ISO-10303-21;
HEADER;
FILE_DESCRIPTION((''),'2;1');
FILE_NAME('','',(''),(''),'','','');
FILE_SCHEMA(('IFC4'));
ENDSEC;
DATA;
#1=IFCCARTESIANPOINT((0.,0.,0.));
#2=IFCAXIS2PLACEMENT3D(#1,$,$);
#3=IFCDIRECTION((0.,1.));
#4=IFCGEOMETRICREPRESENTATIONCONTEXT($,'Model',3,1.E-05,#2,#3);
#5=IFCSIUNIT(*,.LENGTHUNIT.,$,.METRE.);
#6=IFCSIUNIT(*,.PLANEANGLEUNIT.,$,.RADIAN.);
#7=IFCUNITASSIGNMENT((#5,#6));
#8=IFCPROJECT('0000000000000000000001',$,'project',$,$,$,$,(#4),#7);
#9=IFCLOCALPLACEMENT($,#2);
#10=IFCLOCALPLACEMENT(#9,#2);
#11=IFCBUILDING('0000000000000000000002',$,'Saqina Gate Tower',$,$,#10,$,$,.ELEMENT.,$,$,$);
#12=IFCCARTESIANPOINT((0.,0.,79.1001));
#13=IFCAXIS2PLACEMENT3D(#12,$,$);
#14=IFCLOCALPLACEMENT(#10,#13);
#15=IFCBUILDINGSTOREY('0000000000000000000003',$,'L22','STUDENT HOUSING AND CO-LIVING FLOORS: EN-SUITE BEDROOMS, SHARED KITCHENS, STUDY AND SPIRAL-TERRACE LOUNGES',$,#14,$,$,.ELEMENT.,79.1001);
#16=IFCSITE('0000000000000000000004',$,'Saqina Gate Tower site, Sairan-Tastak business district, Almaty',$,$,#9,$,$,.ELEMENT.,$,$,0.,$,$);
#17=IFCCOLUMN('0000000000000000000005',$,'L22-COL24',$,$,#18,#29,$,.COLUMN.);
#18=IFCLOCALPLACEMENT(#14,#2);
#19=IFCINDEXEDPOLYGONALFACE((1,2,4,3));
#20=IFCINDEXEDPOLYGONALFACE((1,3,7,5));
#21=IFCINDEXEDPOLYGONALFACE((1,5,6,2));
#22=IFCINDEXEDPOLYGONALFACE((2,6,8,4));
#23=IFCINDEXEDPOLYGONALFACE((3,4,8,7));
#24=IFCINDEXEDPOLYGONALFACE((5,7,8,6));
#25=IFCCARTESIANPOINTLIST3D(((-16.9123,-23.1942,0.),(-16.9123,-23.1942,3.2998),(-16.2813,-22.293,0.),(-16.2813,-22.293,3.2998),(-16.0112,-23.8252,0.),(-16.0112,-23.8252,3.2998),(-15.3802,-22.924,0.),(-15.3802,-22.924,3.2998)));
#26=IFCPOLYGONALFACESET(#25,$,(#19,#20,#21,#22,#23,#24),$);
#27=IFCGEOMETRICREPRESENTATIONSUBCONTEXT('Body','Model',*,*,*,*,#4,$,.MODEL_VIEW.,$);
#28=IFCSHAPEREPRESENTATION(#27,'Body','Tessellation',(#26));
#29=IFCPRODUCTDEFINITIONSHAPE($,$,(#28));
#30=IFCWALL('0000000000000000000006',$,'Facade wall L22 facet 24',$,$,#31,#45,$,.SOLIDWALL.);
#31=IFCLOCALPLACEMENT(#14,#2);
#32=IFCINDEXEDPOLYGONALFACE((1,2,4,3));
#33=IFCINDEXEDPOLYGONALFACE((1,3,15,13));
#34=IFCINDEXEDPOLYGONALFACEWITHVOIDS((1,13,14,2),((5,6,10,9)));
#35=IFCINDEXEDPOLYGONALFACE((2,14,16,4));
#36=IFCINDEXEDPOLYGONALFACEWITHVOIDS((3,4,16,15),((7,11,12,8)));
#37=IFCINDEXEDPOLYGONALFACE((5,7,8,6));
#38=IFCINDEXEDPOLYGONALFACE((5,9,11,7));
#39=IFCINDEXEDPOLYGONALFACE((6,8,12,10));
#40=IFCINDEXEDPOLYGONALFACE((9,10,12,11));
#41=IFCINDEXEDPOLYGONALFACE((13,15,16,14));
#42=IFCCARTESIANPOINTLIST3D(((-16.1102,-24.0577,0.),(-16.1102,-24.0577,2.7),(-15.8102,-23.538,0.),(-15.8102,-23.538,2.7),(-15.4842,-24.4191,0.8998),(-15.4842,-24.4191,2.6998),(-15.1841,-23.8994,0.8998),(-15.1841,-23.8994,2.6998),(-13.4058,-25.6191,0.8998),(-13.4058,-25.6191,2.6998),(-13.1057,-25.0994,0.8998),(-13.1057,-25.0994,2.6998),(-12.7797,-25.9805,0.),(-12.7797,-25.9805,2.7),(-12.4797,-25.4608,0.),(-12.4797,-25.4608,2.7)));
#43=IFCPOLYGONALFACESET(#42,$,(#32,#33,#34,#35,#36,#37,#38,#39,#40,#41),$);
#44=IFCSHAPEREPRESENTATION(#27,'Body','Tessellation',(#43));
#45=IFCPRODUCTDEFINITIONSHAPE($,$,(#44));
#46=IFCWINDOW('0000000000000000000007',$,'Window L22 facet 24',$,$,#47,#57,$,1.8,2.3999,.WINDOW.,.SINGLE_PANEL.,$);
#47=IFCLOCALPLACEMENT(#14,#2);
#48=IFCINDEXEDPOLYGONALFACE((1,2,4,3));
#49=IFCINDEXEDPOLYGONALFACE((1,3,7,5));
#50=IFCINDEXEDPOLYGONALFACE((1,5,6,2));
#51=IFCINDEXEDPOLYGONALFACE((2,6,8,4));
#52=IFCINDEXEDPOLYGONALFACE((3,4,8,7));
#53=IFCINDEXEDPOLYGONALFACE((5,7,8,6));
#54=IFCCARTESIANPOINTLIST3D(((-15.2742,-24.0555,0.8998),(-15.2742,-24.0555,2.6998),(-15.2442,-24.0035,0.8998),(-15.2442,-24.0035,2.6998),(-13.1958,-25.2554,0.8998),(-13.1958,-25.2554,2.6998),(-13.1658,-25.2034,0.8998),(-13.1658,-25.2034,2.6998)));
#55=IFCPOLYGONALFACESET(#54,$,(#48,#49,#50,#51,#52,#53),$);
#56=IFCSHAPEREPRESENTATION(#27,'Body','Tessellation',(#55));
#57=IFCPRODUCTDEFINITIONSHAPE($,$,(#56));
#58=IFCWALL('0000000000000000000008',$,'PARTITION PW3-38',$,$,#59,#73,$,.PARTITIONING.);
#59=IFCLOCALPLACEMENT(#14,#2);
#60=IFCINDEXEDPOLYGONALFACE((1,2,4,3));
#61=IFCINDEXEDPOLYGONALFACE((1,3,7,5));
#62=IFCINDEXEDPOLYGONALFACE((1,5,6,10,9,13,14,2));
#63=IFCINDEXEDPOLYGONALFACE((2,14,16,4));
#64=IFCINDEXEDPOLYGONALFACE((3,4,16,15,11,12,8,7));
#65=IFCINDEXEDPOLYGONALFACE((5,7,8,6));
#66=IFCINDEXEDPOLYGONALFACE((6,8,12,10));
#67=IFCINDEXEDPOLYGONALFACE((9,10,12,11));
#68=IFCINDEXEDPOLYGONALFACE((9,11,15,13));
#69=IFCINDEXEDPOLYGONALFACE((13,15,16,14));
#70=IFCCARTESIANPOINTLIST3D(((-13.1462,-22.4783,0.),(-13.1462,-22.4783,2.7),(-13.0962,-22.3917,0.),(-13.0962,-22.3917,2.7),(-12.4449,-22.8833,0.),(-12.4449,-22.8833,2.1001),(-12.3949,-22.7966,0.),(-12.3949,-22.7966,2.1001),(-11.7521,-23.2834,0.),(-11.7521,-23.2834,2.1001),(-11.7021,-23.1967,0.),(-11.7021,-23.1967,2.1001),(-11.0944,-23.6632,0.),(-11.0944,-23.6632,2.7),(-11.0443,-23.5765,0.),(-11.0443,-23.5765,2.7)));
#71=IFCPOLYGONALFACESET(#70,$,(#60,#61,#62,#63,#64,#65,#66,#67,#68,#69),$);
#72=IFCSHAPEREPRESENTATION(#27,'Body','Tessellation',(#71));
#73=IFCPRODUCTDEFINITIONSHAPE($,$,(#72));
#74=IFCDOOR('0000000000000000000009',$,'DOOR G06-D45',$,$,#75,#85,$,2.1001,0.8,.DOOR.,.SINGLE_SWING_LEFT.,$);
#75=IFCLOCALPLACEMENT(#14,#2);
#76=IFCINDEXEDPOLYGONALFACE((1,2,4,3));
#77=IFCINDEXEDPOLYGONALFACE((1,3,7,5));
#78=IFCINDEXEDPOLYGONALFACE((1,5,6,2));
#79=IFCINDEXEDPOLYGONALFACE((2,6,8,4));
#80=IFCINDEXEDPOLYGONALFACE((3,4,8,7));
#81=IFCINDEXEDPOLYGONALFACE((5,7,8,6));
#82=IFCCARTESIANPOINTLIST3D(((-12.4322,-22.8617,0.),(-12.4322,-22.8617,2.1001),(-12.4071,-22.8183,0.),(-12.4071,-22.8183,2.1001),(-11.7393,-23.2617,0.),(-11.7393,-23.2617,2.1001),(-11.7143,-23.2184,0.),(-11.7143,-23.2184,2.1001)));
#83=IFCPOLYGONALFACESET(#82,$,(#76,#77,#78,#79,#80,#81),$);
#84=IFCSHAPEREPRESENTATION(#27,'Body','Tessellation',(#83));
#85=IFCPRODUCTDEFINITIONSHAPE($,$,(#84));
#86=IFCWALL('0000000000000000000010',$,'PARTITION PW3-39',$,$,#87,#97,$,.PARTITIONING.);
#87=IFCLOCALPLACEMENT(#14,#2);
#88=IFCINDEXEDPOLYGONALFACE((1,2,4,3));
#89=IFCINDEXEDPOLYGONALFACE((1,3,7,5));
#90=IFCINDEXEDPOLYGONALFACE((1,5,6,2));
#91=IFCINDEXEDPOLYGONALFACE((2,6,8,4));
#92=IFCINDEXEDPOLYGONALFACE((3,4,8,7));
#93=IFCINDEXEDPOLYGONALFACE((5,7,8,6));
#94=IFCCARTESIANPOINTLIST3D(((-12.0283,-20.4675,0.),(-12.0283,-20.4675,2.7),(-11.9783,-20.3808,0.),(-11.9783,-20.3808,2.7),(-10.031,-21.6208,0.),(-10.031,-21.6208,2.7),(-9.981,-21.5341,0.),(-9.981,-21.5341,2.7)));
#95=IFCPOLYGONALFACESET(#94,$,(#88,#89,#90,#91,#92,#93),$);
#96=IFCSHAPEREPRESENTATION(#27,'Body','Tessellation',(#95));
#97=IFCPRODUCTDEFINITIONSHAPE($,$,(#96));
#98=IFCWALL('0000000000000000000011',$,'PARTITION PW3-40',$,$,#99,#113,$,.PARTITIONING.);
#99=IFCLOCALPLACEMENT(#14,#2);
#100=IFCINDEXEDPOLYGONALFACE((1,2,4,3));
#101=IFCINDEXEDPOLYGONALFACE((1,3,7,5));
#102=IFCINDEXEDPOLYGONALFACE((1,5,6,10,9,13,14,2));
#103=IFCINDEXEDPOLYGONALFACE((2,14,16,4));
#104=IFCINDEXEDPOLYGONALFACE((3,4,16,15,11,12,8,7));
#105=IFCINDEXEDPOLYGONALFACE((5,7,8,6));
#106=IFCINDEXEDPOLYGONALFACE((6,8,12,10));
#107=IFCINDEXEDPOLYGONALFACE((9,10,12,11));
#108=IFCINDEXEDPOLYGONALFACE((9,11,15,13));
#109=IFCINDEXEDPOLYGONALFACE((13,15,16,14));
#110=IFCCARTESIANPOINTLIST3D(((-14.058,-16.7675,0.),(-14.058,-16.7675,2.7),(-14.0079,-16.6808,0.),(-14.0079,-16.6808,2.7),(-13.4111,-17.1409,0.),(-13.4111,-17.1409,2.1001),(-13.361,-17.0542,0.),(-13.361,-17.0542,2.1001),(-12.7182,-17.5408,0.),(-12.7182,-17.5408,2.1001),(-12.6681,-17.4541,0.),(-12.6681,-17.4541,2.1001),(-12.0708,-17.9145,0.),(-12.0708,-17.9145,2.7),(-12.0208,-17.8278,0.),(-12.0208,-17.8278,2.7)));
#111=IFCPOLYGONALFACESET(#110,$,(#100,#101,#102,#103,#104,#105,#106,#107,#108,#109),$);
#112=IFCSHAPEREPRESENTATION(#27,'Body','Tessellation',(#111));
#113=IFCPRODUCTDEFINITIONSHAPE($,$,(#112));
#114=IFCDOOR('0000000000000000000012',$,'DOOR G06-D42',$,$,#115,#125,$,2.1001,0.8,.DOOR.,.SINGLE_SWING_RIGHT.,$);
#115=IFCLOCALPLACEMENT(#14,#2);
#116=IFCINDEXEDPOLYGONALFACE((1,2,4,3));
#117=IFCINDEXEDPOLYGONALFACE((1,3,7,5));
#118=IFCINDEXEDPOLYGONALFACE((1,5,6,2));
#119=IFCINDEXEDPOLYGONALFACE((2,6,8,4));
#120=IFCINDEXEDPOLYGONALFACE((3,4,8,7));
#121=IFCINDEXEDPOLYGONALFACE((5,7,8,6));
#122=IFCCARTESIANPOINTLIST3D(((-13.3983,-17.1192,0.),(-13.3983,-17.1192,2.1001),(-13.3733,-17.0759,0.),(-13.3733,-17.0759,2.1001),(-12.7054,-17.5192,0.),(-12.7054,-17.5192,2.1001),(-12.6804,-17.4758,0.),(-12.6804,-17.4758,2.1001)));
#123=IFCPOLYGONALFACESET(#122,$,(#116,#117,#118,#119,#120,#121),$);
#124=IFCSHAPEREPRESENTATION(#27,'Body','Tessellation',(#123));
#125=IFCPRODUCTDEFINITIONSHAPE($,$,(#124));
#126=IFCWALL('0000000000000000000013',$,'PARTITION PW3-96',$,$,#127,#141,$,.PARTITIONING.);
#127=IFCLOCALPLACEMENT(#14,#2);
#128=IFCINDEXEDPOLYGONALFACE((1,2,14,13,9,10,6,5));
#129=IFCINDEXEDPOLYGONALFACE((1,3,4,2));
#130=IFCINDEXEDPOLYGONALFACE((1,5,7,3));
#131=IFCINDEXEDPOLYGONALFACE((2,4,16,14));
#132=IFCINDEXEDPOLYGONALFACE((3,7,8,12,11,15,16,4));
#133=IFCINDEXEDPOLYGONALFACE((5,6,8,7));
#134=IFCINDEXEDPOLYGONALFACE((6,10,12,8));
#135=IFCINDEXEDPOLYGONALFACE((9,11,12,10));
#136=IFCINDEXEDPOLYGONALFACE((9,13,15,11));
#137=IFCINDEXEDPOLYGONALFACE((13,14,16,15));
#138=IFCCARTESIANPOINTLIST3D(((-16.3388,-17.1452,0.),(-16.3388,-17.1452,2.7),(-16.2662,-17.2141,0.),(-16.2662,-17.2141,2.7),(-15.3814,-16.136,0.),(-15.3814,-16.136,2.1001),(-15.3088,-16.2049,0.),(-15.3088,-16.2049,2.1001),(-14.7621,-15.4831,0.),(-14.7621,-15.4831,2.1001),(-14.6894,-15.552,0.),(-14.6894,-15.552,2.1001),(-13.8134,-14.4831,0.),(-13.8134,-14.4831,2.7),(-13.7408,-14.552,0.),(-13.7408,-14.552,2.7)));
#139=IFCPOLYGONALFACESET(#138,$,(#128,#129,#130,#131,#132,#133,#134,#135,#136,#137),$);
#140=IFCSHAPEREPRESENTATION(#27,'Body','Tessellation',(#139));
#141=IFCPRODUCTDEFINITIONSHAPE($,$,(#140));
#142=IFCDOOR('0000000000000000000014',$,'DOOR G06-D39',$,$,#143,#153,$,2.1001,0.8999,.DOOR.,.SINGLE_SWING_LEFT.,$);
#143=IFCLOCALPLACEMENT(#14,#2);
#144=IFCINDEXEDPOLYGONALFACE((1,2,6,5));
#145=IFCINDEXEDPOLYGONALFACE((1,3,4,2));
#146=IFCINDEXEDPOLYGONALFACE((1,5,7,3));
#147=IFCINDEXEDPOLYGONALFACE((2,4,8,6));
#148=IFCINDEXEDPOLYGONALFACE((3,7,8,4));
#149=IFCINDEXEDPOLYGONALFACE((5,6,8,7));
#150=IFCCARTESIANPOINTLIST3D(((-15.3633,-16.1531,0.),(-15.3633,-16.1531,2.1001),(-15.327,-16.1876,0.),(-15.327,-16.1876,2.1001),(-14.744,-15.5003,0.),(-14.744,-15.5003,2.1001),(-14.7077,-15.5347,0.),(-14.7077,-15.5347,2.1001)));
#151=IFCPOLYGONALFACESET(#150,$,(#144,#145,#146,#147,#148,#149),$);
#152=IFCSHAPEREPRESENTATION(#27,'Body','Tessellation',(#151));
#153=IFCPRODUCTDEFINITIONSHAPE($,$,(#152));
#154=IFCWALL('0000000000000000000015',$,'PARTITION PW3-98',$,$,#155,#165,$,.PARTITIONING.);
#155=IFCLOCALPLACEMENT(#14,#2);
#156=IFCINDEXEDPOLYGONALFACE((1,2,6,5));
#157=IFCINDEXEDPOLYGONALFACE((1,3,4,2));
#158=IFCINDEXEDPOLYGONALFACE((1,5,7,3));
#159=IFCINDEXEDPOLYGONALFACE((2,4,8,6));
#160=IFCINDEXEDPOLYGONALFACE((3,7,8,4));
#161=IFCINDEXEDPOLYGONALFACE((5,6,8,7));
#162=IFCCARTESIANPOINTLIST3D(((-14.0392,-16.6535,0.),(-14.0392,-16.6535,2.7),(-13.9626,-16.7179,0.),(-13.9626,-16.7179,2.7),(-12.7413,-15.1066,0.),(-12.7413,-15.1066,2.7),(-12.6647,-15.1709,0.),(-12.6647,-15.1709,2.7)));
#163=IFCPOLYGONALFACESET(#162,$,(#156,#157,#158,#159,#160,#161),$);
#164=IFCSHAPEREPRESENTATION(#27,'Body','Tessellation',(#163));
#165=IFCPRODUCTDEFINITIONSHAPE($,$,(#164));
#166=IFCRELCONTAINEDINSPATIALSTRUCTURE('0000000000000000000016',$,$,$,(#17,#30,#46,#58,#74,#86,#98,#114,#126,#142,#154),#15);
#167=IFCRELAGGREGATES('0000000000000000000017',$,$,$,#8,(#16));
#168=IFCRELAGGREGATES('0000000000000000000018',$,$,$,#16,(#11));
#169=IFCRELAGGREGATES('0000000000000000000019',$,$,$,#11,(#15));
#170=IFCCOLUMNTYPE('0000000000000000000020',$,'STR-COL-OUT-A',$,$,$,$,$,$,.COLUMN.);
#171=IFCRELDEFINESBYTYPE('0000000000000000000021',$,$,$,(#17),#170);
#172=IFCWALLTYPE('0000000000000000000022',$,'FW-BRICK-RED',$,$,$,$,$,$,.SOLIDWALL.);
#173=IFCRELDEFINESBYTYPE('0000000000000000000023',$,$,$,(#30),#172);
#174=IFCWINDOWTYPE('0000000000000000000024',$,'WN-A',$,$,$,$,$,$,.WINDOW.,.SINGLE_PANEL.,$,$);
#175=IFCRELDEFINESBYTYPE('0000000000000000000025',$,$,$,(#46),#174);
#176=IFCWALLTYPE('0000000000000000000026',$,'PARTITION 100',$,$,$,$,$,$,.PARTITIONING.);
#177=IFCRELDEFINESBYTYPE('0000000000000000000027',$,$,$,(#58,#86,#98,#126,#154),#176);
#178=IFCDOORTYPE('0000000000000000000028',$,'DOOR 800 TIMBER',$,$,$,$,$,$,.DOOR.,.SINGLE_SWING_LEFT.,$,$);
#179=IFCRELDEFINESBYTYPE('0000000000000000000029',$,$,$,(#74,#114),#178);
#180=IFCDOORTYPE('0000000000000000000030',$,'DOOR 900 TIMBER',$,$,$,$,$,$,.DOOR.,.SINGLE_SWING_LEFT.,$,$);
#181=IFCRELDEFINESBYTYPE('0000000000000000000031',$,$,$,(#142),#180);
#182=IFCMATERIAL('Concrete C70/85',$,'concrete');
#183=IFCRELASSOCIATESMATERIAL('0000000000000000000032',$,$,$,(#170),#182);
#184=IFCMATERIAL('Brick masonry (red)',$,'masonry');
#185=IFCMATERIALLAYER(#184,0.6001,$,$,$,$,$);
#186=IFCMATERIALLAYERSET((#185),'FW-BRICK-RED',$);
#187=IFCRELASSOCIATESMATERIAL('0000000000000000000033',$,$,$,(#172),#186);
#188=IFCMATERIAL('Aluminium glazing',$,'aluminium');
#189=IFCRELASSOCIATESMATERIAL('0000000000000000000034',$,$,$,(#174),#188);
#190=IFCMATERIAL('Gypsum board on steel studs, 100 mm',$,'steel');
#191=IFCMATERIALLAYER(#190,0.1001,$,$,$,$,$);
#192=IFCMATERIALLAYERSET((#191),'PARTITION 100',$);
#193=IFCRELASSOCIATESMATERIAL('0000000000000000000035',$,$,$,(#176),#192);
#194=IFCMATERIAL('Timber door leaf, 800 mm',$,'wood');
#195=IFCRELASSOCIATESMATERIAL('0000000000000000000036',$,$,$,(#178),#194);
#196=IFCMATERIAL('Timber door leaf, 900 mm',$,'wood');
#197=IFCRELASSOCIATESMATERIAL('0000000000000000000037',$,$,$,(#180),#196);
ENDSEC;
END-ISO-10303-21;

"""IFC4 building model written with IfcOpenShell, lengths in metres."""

from ifc_helpers import new_model, si_unit, direction, frame, frame_2d, origin, origin_2d, place, context, subcontext, project, spatial, rectangle, extrude, material, layer, layer_set, material_profile, profile_set, type_object, element, fill, save


model = new_model("IFC4")

# Units and contexts
model_context = context("Model", 3, precision=1e-05, world=origin(), true_north=direction((0.0, 1.0)))
body_context = subcontext(model_context, "Body", "Model", "MODEL_VIEW")
ifc_project = project(units=[si_unit("LENGTHUNIT", "METRE"), si_unit("PLANEANGLEUNIT", "RADIAN")], contexts=[model_context])

# Site, building, storey
site_placement = place(None, origin())
site = spatial("IfcSite", under=ifc_project, at=site_placement, Name="Saqina Gate Tower site, Sairan-Tastak business district, Almaty", CompositionType="ELEMENT", RefElevation=0.0)
building_placement = place(site_placement, origin())
building = spatial("IfcBuilding", under=site, at=building_placement, Name="Saqina Gate Tower", CompositionType="ELEMENT")
storey_placement = place(building_placement, frame((0.0, 0.0, 79.1001)))
storey = spatial("IfcBuildingStorey", under=building, at=storey_placement, Name="L22", Description="STUDENT HOUSING AND CO-LIVING FLOORS: EN-SUITE BEDROOMS, SHARED KITCHENS, STUDY AND SPIRAL-TERRACE LOUNGES", CompositionType="ELEMENT", Elevation=79.1001)

# Column
ifc_material_1 = material(Name="Concrete C70/85", Category="concrete")
ifc_material_profile = material_profile(ifc_material_1, rectangle(XDim=1.1001, YDim=1.1001, at=origin_2d()), Name="RC 1100x1100")
ifc_profile_set = profile_set([ifc_material_profile], Name="Concrete C70/85")
column_type = type_object("IfcColumnType", Name="STR-COL-OUT-A", PredefinedType="COLUMN", material=ifc_profile_set)
column_placement = place(storey_placement, frame((-16.1462, -23.0591, 0.0), z_axis=(0.0, 0.0, 1.0), x_axis=(-0.573576, -0.819152, 0.0)))
element("IfcColumn", 1, at=column_placement, inside=storey, type_object=column_type, Name="L22-COL24", PredefinedType="COLUMN", context=body_context, shape_type="SweptSolid", body=[
    extrude(rectangle(XDim=1.1001, YDim=1.1001, at=origin_2d()), origin(), (0.0, 0.0, 1.0), 3.2998),
])

# Wall, opening, window
ifc_material_2 = material(Name="Brick masonry (red)", Category="masonry")
ifc_layer_1 = layer(ifc_material_2, 0.6001)
ifc_layer_set_1 = layer_set([ifc_layer_1], Name="FW-BRICK-RED")
wall_type_1 = type_object("IfcWallType", Name="FW-BRICK-RED", PredefinedType="SOLIDWALL", material=ifc_layer_set_1)
wall_1_placement = place(storey_placement, frame((-15.9602, -23.7979, 0.0), z_axis=(0.0, 0.0, 1.0), x_axis=(0.866031, -0.49999, 0.0)))
wall_1 = element("IfcWall", 2, at=wall_1_placement, inside=storey, type_object=wall_type_1, Name="Facade wall L22 facet 24", PredefinedType="SOLIDWALL", context=body_context, shape_type="SweptSolid", body=[
    extrude(rectangle(XDim=3.8457, YDim=0.6001, at=frame_2d((1.9229, 0.0))), origin(), (0.0, 0.0, 1.0), 2.7),
])
opening_1_placement = place(wall_1_placement, frame((0.7229, 0.0, 0.8999)))
opening_1 = element("IfcOpeningElement", 3, at=opening_1_placement, cuts=wall_1, PredefinedType="OPENING", context=body_context, shape_type="SweptSolid", body=[
    extrude(rectangle(XDim=2.3999, YDim=1.8, at=frame_2d((1.2, 0.8999))), frame((0.0, 0.312, 0.0), z_axis=(0.0, -1.0, 0.0), x_axis=(1.0, 0.0, 0.0)), (0.0, 0.0, 1.0), 0.624),
])
ifc_material_3 = material(Name="Aluminium glazing", Category="aluminium")
window_type = type_object("IfcWindowType", Name="WN-A", PartitioningType="SINGLE_PANEL", PredefinedType="WINDOW", material=ifc_material_3)
window_placement = place(opening_1_placement, origin())
window = element("IfcWindow", 4, at=window_placement, inside=storey, type_object=window_type, Name="Window L22 facet 24", OverallHeight=1.8, OverallWidth=2.3999, PartitioningType="SINGLE_PANEL", PredefinedType="WINDOW", context=body_context, shape_type="SweptSolid", body=[
    extrude(rectangle(XDim=2.3999, YDim=1.8, at=frame_2d((1.2, 0.8999))), frame((0.0, 0.1799, 0.0), z_axis=(0.0, -1.0, 0.0), x_axis=(1.0, 0.0, 0.0)), (0.0, 0.0, 1.0), 0.0601),
])
fill(opening_1, window)

# Wall, opening, door
ifc_material_4 = material(Name="Gypsum board on steel studs, 100 mm", Category="steel")
ifc_layer_2 = layer(ifc_material_4, 0.1001)
ifc_layer_set_2 = layer_set([ifc_layer_2], Name="PARTITION 100")
wall_type_2 = type_object("IfcWallType", Name="PARTITION 100", PredefinedType="PARTITIONING", material=ifc_layer_set_2)
wall_2_placement = place(storey_placement, frame((-13.1211, -22.4351, 0.0), z_axis=(0.0, 0.0, 1.0), x_axis=(0.865983, -0.500073, 0.0)))
wall_2 = element("IfcWall", 5, at=wall_2_placement, inside=storey, type_object=wall_type_2, Name="PARTITION PW3-38", PredefinedType="PARTITIONING", context=body_context, shape_type="SweptSolid", body=[
    extrude(rectangle(XDim=2.3694, YDim=0.1001, at=frame_2d((1.1846, 0.0))), origin(), (0.0, 0.0, 1.0), 2.7),
])
opening_2_placement = place(wall_2_placement, frame((0.8098, 0.0, 0.0)))
opening_2 = element("IfcOpeningElement", 6, at=opening_2_placement, cuts=wall_2, PredefinedType="OPENING", context=body_context, shape_type="SweptSolid", body=[
    extrude(rectangle(XDim=0.8, YDim=2.1001, at=frame_2d((0.3999, 1.05))), frame((0.0, 0.062, 0.0), z_axis=(0.0, -1.0, 0.0), x_axis=(1.0, 0.0, 0.0)), (0.0, 0.0, 1.0), 0.124),
])
ifc_material_5 = material(Name="Timber door leaf, 800 mm", Category="wood")
door_type_1 = type_object("IfcDoorType", Name="DOOR 800 TIMBER", OperationType="SINGLE_SWING_LEFT", PredefinedType="DOOR", material=ifc_material_5)
door_1_placement = place(opening_2_placement, frame((0.8, 0.0, 0.0), z_axis=(0.0, 0.0, 1.0), x_axis=(-1.0, 0.0, 0.0)))
door_1 = element("IfcDoor", 7, at=door_1_placement, inside=storey, type_object=door_type_1, Name="DOOR G06-D45", OperationType="SINGLE_SWING_LEFT", OverallHeight=2.1001, OverallWidth=0.8, PredefinedType="DOOR", context=body_context, shape_type="SweptSolid", body=[
    extrude(rectangle(XDim=0.8, YDim=2.1001, at=frame_2d((0.3999, 1.05))), frame((0.0, 0.0249, 0.0), z_axis=(0.0, -1.0, 0.0), x_axis=(1.0, 0.0, 0.0)), (0.0, 0.0, 1.0), 0.05),
])
fill(opening_2, door_1)

# Wall
wall_3_placement = place(storey_placement, frame((-12.0034, -20.4241, 0.0), z_axis=(0.0, 0.0, 1.0), x_axis=(0.865993, -0.500055, 0.0)))
element("IfcWall", 8, at=wall_3_placement, inside=storey, type_object=wall_type_2, Name="PARTITION PW3-39", PredefinedType="PARTITIONING", context=body_context, shape_type="SweptSolid", body=[
    extrude(rectangle(XDim=2.3064, YDim=0.1001, at=frame_2d((1.1533, 0.0))), origin(), (0.0, 0.0, 1.0), 2.7),
])

# Walls, openings, doors
wall_4_placement = place(storey_placement, frame((-14.033, -16.7241, 0.0), z_axis=(0.0, 0.0, 1.0), x_axis=(0.866074, -0.499916, 0.0)))
wall_4 = element("IfcWall", 9, at=wall_4_placement, inside=storey, type_object=wall_type_2, Name="PARTITION PW3-40", PredefinedType="PARTITIONING", context=body_context, shape_type="SweptSolid", body=[
    extrude(rectangle(XDim=2.2944, YDim=0.1001, at=frame_2d((1.1472, 0.0))), origin(), (0.0, 0.0, 1.0), 2.7),
])
opening_3_placement = place(wall_4_placement, frame((0.7471, 0.0, 0.0)))
opening_3 = element("IfcOpeningElement", 10, at=opening_3_placement, cuts=wall_4, PredefinedType="OPENING", context=body_context, shape_type="SweptSolid", body=[
    extrude(rectangle(XDim=0.8, YDim=2.1001, at=frame_2d((0.3999, 1.05))), frame((0.0, 0.062, 0.0), z_axis=(0.0, -1.0, 0.0), x_axis=(1.0, 0.0, 0.0)), (0.0, 0.0, 1.0), 0.124),
])
door_2_placement = place(opening_3_placement, frame((0.8, 0.0, 0.0), z_axis=(0.0, 0.0, 1.0), x_axis=(-1.0, 0.0, 0.0)))
door_2 = element("IfcDoor", 11, at=door_2_placement, inside=storey, type_object=door_type_1, Name="DOOR G06-D42", OperationType="SINGLE_SWING_RIGHT", OverallHeight=2.1001, OverallWidth=0.8, PredefinedType="DOOR", context=body_context, shape_type="SweptSolid", body=[
    extrude(rectangle(XDim=0.8, YDim=2.1001, at=frame_2d((0.3999, 1.05))), frame((0.0, 0.0249, 0.0), z_axis=(0.0, -1.0, 0.0), x_axis=(1.0, 0.0, 0.0)), (0.0, 0.0, 1.0), 0.05),
])
fill(opening_3, door_2)
wall_5_placement = place(storey_placement, frame((-16.3025, -17.1797, 0.0), z_axis=(0.0, 0.0, 1.0), x_axis=(0.688232, 0.725491, 0.0)))
wall_5 = element("IfcWall", 12, at=wall_5_placement, inside=storey, type_object=wall_type_2, Name="PARTITION PW3-96", PredefinedType="PARTITIONING", context=body_context, shape_type="SweptSolid", body=[
    extrude(rectangle(XDim=3.6694, YDim=0.1001, at=frame_2d((1.8347, 0.0))), origin(), (0.0, 0.0, 1.0), 2.7),
])
opening_4_placement = place(wall_5_placement, frame((1.3911, 0.0, 0.0)))
opening_4 = element("IfcOpeningElement", 13, at=opening_4_placement, cuts=wall_5, PredefinedType="OPENING", context=body_context, shape_type="SweptSolid", body=[
    extrude(rectangle(XDim=0.8999, YDim=2.1001, at=frame_2d((0.45, 1.05))), frame((0.0, 0.062, 0.0), z_axis=(0.0, -1.0, 0.0), x_axis=(1.0, 0.0, 0.0)), (0.0, 0.0, 1.0), 0.124),
])
ifc_material_6 = material(Name="Timber door leaf, 900 mm", Category="wood")
door_type_2 = type_object("IfcDoorType", Name="DOOR 900 TIMBER", OperationType="SINGLE_SWING_LEFT", PredefinedType="DOOR", material=ifc_material_6)
door_3_placement = place(opening_4_placement, frame((0.8999, 0.0, 0.0), z_axis=(0.0, 0.0, 1.0), x_axis=(-1.0, 0.0, 0.0)))
door_3 = element("IfcDoor", 14, at=door_3_placement, inside=storey, type_object=door_type_2, Name="DOOR G06-D39", OperationType="SINGLE_SWING_LEFT", OverallHeight=2.1001, OverallWidth=0.8999, PredefinedType="DOOR", context=body_context, shape_type="SweptSolid", body=[
    extrude(rectangle(XDim=0.8999, YDim=2.1001, at=frame_2d((0.45, 1.05))), frame((0.0, 0.0249, 0.0), z_axis=(0.0, -1.0, 0.0), x_axis=(1.0, 0.0, 0.0)), (0.0, 0.0, 1.0), 0.05),
])
fill(opening_4, door_3)

# Wall
wall_6_placement = place(storey_placement, frame((-14.001, -16.6858, 0.0), z_axis=(0.0, 0.0, 1.0), x_axis=(0.64275, 0.766076, 0.0)))
element("IfcWall", 15, at=wall_6_placement, inside=storey, type_object=wall_type_2, Name="PARTITION PW3-98", PredefinedType="PARTITIONING", context=body_context, shape_type="SweptSolid", body=[
    extrude(rectangle(XDim=2.0193, YDim=0.1001, at=frame_2d((1.0098, 0.0))), origin(), (0.0, 0.0, 1.0), 2.7),
])

save(model, "model.ifc")
